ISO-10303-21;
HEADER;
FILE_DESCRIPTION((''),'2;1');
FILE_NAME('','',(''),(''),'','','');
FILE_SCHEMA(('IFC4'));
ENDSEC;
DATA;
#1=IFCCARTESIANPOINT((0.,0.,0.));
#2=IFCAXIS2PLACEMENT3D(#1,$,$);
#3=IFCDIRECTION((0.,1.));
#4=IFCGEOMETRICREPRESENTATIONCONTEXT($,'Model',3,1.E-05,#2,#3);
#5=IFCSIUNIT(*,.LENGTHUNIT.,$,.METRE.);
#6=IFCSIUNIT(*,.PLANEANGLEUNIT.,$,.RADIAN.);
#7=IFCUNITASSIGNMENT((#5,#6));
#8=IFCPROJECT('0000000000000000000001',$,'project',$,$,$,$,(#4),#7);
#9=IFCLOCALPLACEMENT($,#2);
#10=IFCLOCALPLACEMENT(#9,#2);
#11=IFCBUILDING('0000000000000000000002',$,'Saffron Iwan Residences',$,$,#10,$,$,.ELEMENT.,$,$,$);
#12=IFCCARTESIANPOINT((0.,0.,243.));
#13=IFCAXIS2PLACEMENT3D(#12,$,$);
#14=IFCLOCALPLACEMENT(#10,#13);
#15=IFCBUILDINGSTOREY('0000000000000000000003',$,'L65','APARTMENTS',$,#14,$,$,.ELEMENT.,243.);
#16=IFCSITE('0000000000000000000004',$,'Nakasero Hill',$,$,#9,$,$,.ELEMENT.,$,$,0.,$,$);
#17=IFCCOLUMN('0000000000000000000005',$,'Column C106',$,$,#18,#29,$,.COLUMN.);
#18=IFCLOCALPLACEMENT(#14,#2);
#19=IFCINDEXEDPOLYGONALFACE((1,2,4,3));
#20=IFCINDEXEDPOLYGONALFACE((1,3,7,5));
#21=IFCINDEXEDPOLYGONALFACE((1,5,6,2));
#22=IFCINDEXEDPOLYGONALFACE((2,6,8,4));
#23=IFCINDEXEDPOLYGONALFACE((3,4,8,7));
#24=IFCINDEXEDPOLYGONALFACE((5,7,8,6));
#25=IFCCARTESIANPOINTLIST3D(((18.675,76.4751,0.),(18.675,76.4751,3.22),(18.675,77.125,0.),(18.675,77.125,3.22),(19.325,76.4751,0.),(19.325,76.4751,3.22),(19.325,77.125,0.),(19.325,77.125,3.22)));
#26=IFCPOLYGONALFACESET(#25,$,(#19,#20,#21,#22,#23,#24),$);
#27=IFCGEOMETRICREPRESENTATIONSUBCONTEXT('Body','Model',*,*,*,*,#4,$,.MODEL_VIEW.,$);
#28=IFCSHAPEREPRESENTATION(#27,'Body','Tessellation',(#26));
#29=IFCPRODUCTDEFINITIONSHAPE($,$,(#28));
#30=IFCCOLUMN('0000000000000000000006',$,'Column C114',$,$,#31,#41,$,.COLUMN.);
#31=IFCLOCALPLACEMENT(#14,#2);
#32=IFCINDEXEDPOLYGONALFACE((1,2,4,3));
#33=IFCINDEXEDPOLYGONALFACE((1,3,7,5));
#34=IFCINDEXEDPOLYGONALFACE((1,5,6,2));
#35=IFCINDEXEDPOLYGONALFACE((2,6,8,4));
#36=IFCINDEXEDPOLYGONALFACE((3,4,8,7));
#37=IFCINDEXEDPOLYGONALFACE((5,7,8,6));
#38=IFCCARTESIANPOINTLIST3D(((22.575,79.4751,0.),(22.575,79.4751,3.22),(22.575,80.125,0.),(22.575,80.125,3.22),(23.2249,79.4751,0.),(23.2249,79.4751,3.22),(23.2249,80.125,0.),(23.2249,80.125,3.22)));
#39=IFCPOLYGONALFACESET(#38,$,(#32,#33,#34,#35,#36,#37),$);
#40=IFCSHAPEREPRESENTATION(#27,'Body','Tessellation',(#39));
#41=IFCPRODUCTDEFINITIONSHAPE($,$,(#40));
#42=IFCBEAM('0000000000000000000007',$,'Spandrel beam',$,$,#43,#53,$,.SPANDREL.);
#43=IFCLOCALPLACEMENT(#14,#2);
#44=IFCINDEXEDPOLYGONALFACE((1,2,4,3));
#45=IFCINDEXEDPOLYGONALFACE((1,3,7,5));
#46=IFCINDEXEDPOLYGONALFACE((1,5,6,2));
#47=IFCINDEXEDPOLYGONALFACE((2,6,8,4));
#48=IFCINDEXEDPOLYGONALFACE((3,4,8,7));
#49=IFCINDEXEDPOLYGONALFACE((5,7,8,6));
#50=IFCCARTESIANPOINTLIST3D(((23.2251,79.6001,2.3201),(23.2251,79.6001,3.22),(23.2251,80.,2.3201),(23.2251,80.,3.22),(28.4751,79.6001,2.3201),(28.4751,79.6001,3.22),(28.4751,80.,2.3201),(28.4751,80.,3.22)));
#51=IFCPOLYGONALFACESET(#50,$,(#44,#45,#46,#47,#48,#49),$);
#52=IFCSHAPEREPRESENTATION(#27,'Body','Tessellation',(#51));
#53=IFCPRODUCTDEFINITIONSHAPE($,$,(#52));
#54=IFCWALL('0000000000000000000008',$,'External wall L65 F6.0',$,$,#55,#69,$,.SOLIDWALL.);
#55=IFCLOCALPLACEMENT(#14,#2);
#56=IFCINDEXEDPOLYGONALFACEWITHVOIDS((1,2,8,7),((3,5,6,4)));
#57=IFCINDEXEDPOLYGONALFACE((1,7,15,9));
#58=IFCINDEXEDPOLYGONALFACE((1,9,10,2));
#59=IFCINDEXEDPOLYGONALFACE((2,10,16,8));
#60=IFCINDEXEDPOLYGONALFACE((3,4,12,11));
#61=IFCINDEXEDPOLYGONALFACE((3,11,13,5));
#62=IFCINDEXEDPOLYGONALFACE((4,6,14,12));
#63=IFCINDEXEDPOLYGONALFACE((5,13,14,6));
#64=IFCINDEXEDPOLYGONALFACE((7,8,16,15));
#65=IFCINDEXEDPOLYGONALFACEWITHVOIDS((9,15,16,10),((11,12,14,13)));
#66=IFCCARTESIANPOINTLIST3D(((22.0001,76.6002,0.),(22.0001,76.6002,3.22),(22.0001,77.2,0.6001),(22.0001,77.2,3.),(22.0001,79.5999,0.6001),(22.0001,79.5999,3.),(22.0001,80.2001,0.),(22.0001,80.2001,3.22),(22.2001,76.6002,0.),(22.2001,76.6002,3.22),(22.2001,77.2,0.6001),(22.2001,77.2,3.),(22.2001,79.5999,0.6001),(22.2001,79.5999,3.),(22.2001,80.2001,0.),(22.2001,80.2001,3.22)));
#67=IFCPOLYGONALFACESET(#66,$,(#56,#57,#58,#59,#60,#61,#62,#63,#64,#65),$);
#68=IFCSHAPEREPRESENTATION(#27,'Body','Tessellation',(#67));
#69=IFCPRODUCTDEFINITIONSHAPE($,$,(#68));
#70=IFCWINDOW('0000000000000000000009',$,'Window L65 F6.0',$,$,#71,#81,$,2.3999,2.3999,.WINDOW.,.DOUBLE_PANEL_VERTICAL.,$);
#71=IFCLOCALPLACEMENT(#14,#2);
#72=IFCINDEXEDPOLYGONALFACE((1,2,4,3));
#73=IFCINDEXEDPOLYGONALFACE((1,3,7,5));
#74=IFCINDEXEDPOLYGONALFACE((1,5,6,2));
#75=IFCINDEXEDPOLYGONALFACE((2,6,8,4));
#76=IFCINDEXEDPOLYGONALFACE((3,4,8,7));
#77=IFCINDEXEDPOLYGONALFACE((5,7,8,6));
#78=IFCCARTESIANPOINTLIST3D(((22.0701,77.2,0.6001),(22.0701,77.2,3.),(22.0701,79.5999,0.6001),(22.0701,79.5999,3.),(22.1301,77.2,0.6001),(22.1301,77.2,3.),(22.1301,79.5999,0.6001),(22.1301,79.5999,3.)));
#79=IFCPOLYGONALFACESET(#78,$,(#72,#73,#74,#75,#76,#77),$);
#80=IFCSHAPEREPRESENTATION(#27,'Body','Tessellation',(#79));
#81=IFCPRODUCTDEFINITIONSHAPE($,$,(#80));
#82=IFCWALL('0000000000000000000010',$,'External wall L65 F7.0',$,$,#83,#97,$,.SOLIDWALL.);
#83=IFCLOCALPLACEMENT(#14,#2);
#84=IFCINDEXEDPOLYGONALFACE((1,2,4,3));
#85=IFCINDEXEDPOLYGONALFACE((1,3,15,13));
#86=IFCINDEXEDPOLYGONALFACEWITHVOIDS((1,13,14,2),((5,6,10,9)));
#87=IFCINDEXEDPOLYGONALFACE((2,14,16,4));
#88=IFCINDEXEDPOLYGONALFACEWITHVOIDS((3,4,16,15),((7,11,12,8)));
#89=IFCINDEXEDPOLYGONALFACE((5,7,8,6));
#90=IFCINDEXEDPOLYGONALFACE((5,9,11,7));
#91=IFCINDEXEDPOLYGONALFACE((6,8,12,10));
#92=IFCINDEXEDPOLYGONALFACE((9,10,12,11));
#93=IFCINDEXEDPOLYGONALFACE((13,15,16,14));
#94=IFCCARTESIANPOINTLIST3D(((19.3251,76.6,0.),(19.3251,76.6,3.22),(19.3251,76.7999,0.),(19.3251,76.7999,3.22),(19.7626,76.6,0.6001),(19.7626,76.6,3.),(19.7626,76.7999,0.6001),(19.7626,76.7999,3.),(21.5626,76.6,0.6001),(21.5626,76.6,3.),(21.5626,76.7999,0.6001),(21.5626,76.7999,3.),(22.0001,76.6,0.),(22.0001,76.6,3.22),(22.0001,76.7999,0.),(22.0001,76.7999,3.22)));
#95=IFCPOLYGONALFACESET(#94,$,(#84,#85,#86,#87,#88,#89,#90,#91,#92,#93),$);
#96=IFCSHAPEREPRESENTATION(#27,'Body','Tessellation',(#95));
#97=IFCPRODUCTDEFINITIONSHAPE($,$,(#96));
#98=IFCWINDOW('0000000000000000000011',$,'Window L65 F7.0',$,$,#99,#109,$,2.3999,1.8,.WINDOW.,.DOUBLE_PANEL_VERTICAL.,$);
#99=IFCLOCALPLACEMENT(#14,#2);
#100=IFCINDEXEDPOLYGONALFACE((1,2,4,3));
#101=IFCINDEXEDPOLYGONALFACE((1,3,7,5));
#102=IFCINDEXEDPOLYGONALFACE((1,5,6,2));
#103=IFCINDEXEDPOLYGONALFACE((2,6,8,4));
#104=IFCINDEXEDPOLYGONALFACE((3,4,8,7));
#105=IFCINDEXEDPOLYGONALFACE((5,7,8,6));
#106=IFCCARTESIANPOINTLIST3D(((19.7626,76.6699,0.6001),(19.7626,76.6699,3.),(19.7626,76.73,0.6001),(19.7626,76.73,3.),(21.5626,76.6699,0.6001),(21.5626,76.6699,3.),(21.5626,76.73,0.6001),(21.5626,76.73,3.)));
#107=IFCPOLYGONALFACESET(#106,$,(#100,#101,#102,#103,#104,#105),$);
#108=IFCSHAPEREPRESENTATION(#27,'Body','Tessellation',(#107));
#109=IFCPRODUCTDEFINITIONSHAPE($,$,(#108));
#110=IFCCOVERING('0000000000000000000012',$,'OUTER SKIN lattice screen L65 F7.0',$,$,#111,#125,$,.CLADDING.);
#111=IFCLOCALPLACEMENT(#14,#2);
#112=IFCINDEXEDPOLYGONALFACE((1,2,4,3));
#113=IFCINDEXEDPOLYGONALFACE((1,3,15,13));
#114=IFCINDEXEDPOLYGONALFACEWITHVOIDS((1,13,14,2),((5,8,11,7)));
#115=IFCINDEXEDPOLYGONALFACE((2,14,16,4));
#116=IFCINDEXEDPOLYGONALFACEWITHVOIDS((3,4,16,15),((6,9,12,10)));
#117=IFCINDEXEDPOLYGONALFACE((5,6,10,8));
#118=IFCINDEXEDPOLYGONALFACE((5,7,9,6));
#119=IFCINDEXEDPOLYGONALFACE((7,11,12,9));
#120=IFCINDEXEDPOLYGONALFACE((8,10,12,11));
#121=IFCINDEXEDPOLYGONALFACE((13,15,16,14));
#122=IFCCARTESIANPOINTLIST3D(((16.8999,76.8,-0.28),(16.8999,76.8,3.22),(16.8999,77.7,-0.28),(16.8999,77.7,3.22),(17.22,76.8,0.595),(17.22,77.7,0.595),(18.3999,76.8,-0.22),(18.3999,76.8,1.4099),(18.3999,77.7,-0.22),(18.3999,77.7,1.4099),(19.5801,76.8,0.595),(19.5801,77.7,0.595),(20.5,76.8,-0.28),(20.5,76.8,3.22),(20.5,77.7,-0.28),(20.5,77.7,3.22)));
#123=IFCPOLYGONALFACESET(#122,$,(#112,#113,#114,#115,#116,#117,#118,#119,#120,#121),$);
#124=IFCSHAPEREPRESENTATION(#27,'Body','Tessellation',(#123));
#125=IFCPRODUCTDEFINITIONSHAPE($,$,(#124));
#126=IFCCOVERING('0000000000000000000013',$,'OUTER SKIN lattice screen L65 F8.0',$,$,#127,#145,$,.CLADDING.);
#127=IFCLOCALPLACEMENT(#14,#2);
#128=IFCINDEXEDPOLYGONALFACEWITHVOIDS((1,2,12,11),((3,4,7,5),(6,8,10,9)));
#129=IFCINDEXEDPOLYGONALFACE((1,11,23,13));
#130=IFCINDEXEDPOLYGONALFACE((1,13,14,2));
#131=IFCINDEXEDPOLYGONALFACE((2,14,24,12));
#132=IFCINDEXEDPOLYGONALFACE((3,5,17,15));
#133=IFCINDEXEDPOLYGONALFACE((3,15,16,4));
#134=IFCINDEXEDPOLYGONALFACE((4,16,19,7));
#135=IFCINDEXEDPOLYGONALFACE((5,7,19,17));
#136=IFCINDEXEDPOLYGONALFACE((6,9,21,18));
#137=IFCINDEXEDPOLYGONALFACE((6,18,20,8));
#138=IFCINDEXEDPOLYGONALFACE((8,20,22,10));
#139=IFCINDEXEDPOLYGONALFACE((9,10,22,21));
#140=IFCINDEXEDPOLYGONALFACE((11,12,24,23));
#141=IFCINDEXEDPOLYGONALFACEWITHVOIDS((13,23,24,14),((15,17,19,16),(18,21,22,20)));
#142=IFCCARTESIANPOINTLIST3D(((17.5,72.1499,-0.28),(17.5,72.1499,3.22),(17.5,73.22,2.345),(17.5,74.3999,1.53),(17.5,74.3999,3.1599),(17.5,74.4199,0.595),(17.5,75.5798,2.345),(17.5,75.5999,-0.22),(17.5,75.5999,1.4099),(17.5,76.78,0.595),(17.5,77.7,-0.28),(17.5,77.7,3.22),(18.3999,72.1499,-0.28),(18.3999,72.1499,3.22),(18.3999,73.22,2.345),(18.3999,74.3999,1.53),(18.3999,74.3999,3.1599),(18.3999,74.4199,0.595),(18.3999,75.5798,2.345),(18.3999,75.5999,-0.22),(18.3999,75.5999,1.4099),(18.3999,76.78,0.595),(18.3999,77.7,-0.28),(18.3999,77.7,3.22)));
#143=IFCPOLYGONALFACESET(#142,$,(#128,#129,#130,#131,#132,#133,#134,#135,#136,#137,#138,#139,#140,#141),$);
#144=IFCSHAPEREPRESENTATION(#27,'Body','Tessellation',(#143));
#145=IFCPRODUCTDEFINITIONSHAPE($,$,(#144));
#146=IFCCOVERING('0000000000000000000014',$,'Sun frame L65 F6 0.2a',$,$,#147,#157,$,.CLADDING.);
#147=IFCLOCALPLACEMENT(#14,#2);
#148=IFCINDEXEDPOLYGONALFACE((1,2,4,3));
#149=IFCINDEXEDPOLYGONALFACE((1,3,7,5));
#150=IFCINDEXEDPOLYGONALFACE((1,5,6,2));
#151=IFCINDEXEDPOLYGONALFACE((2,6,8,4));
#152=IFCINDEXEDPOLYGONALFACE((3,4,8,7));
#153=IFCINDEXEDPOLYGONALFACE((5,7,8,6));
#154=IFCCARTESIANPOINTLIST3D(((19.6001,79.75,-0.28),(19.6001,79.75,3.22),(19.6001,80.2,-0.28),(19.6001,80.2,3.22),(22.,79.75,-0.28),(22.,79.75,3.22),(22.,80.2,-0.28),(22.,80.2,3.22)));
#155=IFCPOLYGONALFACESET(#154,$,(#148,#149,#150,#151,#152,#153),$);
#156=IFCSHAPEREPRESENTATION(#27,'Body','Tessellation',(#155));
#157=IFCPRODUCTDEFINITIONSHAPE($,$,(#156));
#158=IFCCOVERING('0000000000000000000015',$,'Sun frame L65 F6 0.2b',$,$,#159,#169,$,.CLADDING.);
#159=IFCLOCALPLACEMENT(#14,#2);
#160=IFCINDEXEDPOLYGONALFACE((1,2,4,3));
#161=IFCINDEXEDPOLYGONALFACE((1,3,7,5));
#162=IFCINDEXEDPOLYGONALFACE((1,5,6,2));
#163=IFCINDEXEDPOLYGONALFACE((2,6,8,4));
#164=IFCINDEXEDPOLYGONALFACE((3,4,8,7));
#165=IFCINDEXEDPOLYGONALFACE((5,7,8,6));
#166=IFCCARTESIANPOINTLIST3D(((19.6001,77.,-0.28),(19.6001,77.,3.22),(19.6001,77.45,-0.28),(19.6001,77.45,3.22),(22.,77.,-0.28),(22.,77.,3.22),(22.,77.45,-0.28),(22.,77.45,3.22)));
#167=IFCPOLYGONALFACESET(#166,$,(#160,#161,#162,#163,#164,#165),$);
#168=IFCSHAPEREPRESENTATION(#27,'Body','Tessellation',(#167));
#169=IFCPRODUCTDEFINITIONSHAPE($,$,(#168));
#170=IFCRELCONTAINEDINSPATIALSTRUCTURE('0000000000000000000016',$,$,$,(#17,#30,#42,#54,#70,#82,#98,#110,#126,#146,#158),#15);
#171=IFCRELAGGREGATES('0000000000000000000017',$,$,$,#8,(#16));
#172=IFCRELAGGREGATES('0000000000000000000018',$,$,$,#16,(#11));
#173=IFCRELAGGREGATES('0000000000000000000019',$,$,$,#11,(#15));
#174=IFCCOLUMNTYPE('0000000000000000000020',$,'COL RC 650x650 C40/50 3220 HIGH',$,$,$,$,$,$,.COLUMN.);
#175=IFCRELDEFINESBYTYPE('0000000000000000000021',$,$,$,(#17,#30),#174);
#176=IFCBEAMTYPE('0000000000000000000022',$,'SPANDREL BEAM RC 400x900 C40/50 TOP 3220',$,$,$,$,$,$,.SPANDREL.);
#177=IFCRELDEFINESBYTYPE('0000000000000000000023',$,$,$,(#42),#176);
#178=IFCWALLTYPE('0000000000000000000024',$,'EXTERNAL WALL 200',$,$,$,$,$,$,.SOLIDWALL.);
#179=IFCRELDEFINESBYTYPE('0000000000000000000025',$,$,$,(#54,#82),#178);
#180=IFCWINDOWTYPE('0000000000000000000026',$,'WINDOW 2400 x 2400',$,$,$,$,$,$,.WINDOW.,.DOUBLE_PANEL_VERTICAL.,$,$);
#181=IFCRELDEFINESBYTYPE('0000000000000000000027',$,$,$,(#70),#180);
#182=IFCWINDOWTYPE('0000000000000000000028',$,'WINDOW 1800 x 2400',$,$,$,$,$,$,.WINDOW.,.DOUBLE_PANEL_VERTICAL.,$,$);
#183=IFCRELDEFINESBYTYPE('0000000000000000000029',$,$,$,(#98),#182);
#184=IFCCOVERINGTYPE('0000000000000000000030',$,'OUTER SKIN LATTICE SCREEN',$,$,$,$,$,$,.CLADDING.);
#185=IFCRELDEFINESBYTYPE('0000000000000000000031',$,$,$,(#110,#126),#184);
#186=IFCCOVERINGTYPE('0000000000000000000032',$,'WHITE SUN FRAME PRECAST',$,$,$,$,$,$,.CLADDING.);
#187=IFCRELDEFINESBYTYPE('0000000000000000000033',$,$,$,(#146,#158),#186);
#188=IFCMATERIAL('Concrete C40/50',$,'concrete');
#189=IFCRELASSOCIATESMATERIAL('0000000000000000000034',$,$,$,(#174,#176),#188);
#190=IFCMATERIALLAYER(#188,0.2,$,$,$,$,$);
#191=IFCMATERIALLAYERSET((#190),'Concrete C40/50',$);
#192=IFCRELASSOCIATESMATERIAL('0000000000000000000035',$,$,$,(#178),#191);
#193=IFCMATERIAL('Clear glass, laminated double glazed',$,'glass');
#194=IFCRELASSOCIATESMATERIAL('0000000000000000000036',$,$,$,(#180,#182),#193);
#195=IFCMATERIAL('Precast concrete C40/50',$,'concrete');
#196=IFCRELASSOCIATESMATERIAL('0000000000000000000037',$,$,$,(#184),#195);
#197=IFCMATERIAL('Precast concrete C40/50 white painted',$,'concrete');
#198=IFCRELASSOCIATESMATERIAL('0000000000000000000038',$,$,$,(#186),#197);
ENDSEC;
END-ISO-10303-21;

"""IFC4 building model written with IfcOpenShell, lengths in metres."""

from ifc_helpers import new_model, si_unit, direction, frame, frame_2d, origin, origin_2d, place, context, subcontext, project, spatial, polyline, rectangle, outline, extrude, source, transform, mapped, material, layer, layer_set, material_profile, profile_set, type_object, element, fill, save


model = new_model("IFC4")

# Units and contexts
model_context = context("Model", 3, precision=1e-05, world=origin(), true_north=direction((0.0, 1.0)))
body_context = subcontext(model_context, "Body", "Model", "MODEL_VIEW")
ifc_project = project(units=[si_unit("LENGTHUNIT", "METRE"), si_unit("PLANEANGLEUNIT", "RADIAN")], contexts=[model_context])

# Site, building, storey
site_placement = place(None, origin())
site = spatial("IfcSite", under=ifc_project, at=site_placement, Name="Nakasero Hill", CompositionType="ELEMENT", RefElevation=0.0)
building_placement = place(site_placement, origin())
building = spatial("IfcBuilding", under=site, at=building_placement, Name="Saffron Iwan Residences", CompositionType="ELEMENT")
storey_placement = place(building_placement, frame((0.0, 0.0, 243.0)))
storey = spatial("IfcBuildingStorey", under=building, at=storey_placement, Name="L65", Description="APARTMENTS", CompositionType="ELEMENT", Elevation=243.0)

# Columns
ifc_material_1 = material(Name="Concrete C40/50", Category="concrete")
ifc_material_profile_1 = material_profile(ifc_material_1, rectangle(XDim=0.6499, YDim=0.6499, at=origin_2d()), Name="RC 650x650")
ifc_profile_set_1 = profile_set([ifc_material_profile_1], Name="Concrete C40/50")
column_type = type_object("IfcColumnType", Name="COL RC 650x650 C40/50 3220 HIGH", PredefinedType="COLUMN", material=ifc_profile_set_1)
shared_shape_1 = source(origin(), body_context, "Body", "SweptSolid", [
    extrude(rectangle(XDim=0.6499, YDim=0.6499, at=origin_2d()), origin(), (0.0, 0.0, 1.0), 3.22),
])
for number, where, z_axis, x_axis, name in (
    (1, (19.0, 76.8, 0.0), (0.0, 0.0, 1.0), (1.0, 0.0, 0.0), "Column C106"),
    (2, (22.8999, 79.8, 0.0), (0.0, 0.0, 1.0), (1.0, 0.0, 0.0), "Column C114"),
):
    element("IfcColumn", number, at=place(storey_placement, frame(where, z_axis=z_axis, x_axis=x_axis)), inside=storey, type_object=column_type, Name=name, PredefinedType="COLUMN", context=body_context, shape_type="MappedRepresentation", body=[
        mapped(shared_shape_1, transform((0.0, 0.0, 0.0))),
    ])

# Beam
ifc_material_profile_2 = material_profile(ifc_material_1, rectangle(XDim=0.3999, YDim=0.8999, at=origin_2d()), Name="RC 400x900")
ifc_profile_set_2 = profile_set([ifc_material_profile_2], Name="Concrete C40/50")
beam_type = type_object("IfcBeamType", Name="SPANDREL BEAM RC 400x900 C40/50 TOP 3220", PredefinedType="SPANDREL", material=ifc_profile_set_2)
shared_shape_2 = source(origin(), body_context, "Body", "SweptSolid", [
    extrude(rectangle(XDim=0.3999, YDim=0.8999, at=origin_2d()), origin(), (0.0, 0.0, 1.0), 5.25),
])
beam_placement = place(storey_placement, frame((23.2251, 79.8, 2.77), z_axis=(1.0, 0.0, 0.0), x_axis=(0.0, 1.0, 0.0)))
element("IfcBeam", 3, at=beam_placement, inside=storey, type_object=beam_type, Name="Spandrel beam", PredefinedType="SPANDREL", context=body_context, shape_type="MappedRepresentation", body=[
    mapped(shared_shape_2, transform((0.0, 0.0, 0.0))),
])

# Walls, openings, windows
ifc_layer = layer(ifc_material_1, 0.2)
ifc_layer_set = layer_set([ifc_layer], Name="Concrete C40/50")
wall_type = type_object("IfcWallType", Name="EXTERNAL WALL 200", PredefinedType="SOLIDWALL", material=ifc_layer_set)
wall_1_placement = place(storey_placement, frame((22.1001, 80.2, 0.0), z_axis=(0.0, 0.0, 1.0), x_axis=(0.0, -1.0, 0.0)))
wall_1 = element("IfcWall", 4, at=wall_1_placement, inside=storey, type_object=wall_type, Name="External wall L65 F6.0", PredefinedType="SOLIDWALL", context=body_context, shape_type="SweptSolid", body=[
    extrude(rectangle(XDim=3.5999, YDim=0.2, at=frame_2d((1.7998, 0.0))), origin(), (0.0, 0.0, 1.0), 3.22),
])
opening_1_placement = place(wall_1_placement, frame((0.6001, 0.0, 0.6001)))
opening_1 = element("IfcOpeningElement", 5, at=opening_1_placement, cuts=wall_1, PredefinedType="OPENING", context=body_context, shape_type="SweptSolid", body=[
    extrude(rectangle(XDim=2.3999, YDim=2.3999, at=frame_2d((1.2, 1.2))), frame((0.0, 0.1099, 0.0), z_axis=(0.0, -1.0, 0.0), x_axis=(1.0, 0.0, 0.0)), (0.0, 0.0, 1.0), 0.22),
])
ifc_material_2 = material(Name="Clear glass, laminated double glazed", Category="glass")
window_type_1 = type_object("IfcWindowType", Name="WINDOW 2400 x 2400", PartitioningType="DOUBLE_PANEL_VERTICAL", PredefinedType="WINDOW", material=ifc_material_2)
window_1_placement = place(opening_1_placement, origin())
window_1 = element("IfcWindow", 6, at=window_1_placement, inside=storey, type_object=window_type_1, Name="Window L65 F6.0", OverallHeight=2.3999, OverallWidth=2.3999, PartitioningType="DOUBLE_PANEL_VERTICAL", PredefinedType="WINDOW", context=body_context, shape_type="SweptSolid", body=[
    extrude(rectangle(XDim=2.3999, YDim=2.3999, at=frame_2d((1.2, 1.2))), frame((0.0, 0.03, 0.0), z_axis=(0.0, -1.0, 0.0), x_axis=(1.0, 0.0, 0.0)), (0.0, 0.0, 1.0), 0.0601),
])
fill(opening_1, window_1)
wall_2_placement = place(storey_placement, frame((22.0, 76.7, 0.0), z_axis=(0.0, 0.0, 1.0), x_axis=(-1.0, 0.0, 0.0)))
wall_2 = element("IfcWall", 7, at=wall_2_placement, inside=storey, type_object=wall_type, Name="External wall L65 F7.0", PredefinedType="SOLIDWALL", context=body_context, shape_type="SweptSolid", body=[
    extrude(rectangle(XDim=2.675, YDim=0.2, at=frame_2d((1.3374, 0.0))), origin(), (0.0, 0.0, 1.0), 3.22),
])
opening_2_placement = place(wall_2_placement, frame((0.4375, 0.0, 0.6001)))
opening_2 = element("IfcOpeningElement", 8, at=opening_2_placement, cuts=wall_2, PredefinedType="OPENING", context=body_context, shape_type="SweptSolid", body=[
    extrude(rectangle(XDim=1.8, YDim=2.3999, at=frame_2d((0.8999, 1.2))), frame((0.0, 0.1099, 0.0), z_axis=(0.0, -1.0, 0.0), x_axis=(1.0, 0.0, 0.0)), (0.0, 0.0, 1.0), 0.22),
])
window_type_2 = type_object("IfcWindowType", Name="WINDOW 1800 x 2400", PartitioningType="DOUBLE_PANEL_VERTICAL", PredefinedType="WINDOW", material=ifc_material_2)
window_2_placement = place(opening_2_placement, origin())
window_2 = element("IfcWindow", 9, at=window_2_placement, inside=storey, type_object=window_type_2, Name="Window L65 F7.0", OverallHeight=2.3999, OverallWidth=1.8, PartitioningType="DOUBLE_PANEL_VERTICAL", PredefinedType="WINDOW", context=body_context, shape_type="SweptSolid", body=[
    extrude(rectangle(XDim=1.8, YDim=2.3999, at=frame_2d((0.8999, 1.2))), frame((0.0, 0.03, 0.0), z_axis=(0.0, -1.0, 0.0), x_axis=(1.0, 0.0, 0.0)), (0.0, 0.0, 1.0), 0.0601),
])
fill(opening_2, window_2)

# Coverings
ifc_material_3 = material(Name="Precast concrete C40/50", Category="concrete")
covering_type_1 = type_object("IfcCoveringType", Name="OUTER SKIN LATTICE SCREEN", PredefinedType="CLADDING", material=ifc_material_3)
covering_1_placement = place(storey_placement, frame((20.5, 76.8, -0.28), z_axis=(0.0, 1.0, 0.0), x_axis=(-1.0, 0.0, 0.0)))
element("IfcCovering", 10, at=covering_1_placement, inside=storey, type_object=covering_type_1, Name="OUTER SKIN lattice screen L65 F7.0", PredefinedType="CLADDING", context=body_context, shape_type="SweptSolid", body=[
    extrude(outline(polyline([(0.0, 0.0), (3.6001, 0.0), (3.6001, 3.5), (0.0, 3.5), (0.0, 0.0)]), holes=[polyline([(0.9199, 0.875), (2.1001, 0.0601), (3.28, 0.875), (2.1001, 1.6899), (0.9199, 0.875)])]), origin(), (0.0, 0.0, 1.0), 0.8999),
])
covering_2_placement = place(storey_placement, frame((18.3999, 77.7, -0.28), z_axis=(-1.0, 0.0, 0.0), x_axis=(0.0, -1.0, 0.0)))
element("IfcCovering", 11, at=covering_2_placement, inside=storey, type_object=covering_type_1, Name="OUTER SKIN lattice screen L65 F8.0", PredefinedType="CLADDING", context=body_context, shape_type="SweptSolid", body=[
    extrude(outline(polyline([(0.0, 0.0), (5.55, 0.0), (5.55, 3.5), (0.0, 3.5), (0.0, 0.0)]), holes=[polyline([(0.9199, 0.875), (2.1001, 0.0601), (3.28, 0.875), (2.1001, 1.6899), (0.9199, 0.875)]), polyline([(2.1201, 2.625), (3.3, 1.8101), (4.48, 2.625), (3.3, 3.4399), (2.1201, 2.625)])]), origin(), (0.0, 0.0, 1.0), 0.8999),
])
ifc_material_4 = material(Name="Precast concrete C40/50 white painted", Category="concrete")
covering_type_2 = type_object("IfcCoveringType", Name="WHITE SUN FRAME PRECAST", PredefinedType="CLADDING", material=ifc_material_4)
for number, where, z_axis, x_axis, name in (
    (12, (22.0, 80.2, -0.28), (-1.0, 0.0, 0.0), (0.0, -1.0, 0.0), "Sun frame L65 F6 0.2a"),
    (13, (22.0, 77.45, -0.28), (-1.0, 0.0, 0.0), (0.0, -1.0, 0.0), "Sun frame L65 F6 0.2b"),
):
    element("IfcCovering", number, at=place(storey_placement, frame(where, z_axis=z_axis, x_axis=x_axis)), inside=storey, type_object=covering_type_2, Name=name, PredefinedType="CLADDING", context=body_context, shape_type="SweptSolid", body=[
        extrude(outline(polyline([(0.0, 0.0), (0.45, 0.0), (0.45, 3.5), (0.0, 3.5), (0.0, 0.0)])), origin(), (0.0, 0.0, 1.0), 2.3999),
    ])

save(model, "model.ifc")
